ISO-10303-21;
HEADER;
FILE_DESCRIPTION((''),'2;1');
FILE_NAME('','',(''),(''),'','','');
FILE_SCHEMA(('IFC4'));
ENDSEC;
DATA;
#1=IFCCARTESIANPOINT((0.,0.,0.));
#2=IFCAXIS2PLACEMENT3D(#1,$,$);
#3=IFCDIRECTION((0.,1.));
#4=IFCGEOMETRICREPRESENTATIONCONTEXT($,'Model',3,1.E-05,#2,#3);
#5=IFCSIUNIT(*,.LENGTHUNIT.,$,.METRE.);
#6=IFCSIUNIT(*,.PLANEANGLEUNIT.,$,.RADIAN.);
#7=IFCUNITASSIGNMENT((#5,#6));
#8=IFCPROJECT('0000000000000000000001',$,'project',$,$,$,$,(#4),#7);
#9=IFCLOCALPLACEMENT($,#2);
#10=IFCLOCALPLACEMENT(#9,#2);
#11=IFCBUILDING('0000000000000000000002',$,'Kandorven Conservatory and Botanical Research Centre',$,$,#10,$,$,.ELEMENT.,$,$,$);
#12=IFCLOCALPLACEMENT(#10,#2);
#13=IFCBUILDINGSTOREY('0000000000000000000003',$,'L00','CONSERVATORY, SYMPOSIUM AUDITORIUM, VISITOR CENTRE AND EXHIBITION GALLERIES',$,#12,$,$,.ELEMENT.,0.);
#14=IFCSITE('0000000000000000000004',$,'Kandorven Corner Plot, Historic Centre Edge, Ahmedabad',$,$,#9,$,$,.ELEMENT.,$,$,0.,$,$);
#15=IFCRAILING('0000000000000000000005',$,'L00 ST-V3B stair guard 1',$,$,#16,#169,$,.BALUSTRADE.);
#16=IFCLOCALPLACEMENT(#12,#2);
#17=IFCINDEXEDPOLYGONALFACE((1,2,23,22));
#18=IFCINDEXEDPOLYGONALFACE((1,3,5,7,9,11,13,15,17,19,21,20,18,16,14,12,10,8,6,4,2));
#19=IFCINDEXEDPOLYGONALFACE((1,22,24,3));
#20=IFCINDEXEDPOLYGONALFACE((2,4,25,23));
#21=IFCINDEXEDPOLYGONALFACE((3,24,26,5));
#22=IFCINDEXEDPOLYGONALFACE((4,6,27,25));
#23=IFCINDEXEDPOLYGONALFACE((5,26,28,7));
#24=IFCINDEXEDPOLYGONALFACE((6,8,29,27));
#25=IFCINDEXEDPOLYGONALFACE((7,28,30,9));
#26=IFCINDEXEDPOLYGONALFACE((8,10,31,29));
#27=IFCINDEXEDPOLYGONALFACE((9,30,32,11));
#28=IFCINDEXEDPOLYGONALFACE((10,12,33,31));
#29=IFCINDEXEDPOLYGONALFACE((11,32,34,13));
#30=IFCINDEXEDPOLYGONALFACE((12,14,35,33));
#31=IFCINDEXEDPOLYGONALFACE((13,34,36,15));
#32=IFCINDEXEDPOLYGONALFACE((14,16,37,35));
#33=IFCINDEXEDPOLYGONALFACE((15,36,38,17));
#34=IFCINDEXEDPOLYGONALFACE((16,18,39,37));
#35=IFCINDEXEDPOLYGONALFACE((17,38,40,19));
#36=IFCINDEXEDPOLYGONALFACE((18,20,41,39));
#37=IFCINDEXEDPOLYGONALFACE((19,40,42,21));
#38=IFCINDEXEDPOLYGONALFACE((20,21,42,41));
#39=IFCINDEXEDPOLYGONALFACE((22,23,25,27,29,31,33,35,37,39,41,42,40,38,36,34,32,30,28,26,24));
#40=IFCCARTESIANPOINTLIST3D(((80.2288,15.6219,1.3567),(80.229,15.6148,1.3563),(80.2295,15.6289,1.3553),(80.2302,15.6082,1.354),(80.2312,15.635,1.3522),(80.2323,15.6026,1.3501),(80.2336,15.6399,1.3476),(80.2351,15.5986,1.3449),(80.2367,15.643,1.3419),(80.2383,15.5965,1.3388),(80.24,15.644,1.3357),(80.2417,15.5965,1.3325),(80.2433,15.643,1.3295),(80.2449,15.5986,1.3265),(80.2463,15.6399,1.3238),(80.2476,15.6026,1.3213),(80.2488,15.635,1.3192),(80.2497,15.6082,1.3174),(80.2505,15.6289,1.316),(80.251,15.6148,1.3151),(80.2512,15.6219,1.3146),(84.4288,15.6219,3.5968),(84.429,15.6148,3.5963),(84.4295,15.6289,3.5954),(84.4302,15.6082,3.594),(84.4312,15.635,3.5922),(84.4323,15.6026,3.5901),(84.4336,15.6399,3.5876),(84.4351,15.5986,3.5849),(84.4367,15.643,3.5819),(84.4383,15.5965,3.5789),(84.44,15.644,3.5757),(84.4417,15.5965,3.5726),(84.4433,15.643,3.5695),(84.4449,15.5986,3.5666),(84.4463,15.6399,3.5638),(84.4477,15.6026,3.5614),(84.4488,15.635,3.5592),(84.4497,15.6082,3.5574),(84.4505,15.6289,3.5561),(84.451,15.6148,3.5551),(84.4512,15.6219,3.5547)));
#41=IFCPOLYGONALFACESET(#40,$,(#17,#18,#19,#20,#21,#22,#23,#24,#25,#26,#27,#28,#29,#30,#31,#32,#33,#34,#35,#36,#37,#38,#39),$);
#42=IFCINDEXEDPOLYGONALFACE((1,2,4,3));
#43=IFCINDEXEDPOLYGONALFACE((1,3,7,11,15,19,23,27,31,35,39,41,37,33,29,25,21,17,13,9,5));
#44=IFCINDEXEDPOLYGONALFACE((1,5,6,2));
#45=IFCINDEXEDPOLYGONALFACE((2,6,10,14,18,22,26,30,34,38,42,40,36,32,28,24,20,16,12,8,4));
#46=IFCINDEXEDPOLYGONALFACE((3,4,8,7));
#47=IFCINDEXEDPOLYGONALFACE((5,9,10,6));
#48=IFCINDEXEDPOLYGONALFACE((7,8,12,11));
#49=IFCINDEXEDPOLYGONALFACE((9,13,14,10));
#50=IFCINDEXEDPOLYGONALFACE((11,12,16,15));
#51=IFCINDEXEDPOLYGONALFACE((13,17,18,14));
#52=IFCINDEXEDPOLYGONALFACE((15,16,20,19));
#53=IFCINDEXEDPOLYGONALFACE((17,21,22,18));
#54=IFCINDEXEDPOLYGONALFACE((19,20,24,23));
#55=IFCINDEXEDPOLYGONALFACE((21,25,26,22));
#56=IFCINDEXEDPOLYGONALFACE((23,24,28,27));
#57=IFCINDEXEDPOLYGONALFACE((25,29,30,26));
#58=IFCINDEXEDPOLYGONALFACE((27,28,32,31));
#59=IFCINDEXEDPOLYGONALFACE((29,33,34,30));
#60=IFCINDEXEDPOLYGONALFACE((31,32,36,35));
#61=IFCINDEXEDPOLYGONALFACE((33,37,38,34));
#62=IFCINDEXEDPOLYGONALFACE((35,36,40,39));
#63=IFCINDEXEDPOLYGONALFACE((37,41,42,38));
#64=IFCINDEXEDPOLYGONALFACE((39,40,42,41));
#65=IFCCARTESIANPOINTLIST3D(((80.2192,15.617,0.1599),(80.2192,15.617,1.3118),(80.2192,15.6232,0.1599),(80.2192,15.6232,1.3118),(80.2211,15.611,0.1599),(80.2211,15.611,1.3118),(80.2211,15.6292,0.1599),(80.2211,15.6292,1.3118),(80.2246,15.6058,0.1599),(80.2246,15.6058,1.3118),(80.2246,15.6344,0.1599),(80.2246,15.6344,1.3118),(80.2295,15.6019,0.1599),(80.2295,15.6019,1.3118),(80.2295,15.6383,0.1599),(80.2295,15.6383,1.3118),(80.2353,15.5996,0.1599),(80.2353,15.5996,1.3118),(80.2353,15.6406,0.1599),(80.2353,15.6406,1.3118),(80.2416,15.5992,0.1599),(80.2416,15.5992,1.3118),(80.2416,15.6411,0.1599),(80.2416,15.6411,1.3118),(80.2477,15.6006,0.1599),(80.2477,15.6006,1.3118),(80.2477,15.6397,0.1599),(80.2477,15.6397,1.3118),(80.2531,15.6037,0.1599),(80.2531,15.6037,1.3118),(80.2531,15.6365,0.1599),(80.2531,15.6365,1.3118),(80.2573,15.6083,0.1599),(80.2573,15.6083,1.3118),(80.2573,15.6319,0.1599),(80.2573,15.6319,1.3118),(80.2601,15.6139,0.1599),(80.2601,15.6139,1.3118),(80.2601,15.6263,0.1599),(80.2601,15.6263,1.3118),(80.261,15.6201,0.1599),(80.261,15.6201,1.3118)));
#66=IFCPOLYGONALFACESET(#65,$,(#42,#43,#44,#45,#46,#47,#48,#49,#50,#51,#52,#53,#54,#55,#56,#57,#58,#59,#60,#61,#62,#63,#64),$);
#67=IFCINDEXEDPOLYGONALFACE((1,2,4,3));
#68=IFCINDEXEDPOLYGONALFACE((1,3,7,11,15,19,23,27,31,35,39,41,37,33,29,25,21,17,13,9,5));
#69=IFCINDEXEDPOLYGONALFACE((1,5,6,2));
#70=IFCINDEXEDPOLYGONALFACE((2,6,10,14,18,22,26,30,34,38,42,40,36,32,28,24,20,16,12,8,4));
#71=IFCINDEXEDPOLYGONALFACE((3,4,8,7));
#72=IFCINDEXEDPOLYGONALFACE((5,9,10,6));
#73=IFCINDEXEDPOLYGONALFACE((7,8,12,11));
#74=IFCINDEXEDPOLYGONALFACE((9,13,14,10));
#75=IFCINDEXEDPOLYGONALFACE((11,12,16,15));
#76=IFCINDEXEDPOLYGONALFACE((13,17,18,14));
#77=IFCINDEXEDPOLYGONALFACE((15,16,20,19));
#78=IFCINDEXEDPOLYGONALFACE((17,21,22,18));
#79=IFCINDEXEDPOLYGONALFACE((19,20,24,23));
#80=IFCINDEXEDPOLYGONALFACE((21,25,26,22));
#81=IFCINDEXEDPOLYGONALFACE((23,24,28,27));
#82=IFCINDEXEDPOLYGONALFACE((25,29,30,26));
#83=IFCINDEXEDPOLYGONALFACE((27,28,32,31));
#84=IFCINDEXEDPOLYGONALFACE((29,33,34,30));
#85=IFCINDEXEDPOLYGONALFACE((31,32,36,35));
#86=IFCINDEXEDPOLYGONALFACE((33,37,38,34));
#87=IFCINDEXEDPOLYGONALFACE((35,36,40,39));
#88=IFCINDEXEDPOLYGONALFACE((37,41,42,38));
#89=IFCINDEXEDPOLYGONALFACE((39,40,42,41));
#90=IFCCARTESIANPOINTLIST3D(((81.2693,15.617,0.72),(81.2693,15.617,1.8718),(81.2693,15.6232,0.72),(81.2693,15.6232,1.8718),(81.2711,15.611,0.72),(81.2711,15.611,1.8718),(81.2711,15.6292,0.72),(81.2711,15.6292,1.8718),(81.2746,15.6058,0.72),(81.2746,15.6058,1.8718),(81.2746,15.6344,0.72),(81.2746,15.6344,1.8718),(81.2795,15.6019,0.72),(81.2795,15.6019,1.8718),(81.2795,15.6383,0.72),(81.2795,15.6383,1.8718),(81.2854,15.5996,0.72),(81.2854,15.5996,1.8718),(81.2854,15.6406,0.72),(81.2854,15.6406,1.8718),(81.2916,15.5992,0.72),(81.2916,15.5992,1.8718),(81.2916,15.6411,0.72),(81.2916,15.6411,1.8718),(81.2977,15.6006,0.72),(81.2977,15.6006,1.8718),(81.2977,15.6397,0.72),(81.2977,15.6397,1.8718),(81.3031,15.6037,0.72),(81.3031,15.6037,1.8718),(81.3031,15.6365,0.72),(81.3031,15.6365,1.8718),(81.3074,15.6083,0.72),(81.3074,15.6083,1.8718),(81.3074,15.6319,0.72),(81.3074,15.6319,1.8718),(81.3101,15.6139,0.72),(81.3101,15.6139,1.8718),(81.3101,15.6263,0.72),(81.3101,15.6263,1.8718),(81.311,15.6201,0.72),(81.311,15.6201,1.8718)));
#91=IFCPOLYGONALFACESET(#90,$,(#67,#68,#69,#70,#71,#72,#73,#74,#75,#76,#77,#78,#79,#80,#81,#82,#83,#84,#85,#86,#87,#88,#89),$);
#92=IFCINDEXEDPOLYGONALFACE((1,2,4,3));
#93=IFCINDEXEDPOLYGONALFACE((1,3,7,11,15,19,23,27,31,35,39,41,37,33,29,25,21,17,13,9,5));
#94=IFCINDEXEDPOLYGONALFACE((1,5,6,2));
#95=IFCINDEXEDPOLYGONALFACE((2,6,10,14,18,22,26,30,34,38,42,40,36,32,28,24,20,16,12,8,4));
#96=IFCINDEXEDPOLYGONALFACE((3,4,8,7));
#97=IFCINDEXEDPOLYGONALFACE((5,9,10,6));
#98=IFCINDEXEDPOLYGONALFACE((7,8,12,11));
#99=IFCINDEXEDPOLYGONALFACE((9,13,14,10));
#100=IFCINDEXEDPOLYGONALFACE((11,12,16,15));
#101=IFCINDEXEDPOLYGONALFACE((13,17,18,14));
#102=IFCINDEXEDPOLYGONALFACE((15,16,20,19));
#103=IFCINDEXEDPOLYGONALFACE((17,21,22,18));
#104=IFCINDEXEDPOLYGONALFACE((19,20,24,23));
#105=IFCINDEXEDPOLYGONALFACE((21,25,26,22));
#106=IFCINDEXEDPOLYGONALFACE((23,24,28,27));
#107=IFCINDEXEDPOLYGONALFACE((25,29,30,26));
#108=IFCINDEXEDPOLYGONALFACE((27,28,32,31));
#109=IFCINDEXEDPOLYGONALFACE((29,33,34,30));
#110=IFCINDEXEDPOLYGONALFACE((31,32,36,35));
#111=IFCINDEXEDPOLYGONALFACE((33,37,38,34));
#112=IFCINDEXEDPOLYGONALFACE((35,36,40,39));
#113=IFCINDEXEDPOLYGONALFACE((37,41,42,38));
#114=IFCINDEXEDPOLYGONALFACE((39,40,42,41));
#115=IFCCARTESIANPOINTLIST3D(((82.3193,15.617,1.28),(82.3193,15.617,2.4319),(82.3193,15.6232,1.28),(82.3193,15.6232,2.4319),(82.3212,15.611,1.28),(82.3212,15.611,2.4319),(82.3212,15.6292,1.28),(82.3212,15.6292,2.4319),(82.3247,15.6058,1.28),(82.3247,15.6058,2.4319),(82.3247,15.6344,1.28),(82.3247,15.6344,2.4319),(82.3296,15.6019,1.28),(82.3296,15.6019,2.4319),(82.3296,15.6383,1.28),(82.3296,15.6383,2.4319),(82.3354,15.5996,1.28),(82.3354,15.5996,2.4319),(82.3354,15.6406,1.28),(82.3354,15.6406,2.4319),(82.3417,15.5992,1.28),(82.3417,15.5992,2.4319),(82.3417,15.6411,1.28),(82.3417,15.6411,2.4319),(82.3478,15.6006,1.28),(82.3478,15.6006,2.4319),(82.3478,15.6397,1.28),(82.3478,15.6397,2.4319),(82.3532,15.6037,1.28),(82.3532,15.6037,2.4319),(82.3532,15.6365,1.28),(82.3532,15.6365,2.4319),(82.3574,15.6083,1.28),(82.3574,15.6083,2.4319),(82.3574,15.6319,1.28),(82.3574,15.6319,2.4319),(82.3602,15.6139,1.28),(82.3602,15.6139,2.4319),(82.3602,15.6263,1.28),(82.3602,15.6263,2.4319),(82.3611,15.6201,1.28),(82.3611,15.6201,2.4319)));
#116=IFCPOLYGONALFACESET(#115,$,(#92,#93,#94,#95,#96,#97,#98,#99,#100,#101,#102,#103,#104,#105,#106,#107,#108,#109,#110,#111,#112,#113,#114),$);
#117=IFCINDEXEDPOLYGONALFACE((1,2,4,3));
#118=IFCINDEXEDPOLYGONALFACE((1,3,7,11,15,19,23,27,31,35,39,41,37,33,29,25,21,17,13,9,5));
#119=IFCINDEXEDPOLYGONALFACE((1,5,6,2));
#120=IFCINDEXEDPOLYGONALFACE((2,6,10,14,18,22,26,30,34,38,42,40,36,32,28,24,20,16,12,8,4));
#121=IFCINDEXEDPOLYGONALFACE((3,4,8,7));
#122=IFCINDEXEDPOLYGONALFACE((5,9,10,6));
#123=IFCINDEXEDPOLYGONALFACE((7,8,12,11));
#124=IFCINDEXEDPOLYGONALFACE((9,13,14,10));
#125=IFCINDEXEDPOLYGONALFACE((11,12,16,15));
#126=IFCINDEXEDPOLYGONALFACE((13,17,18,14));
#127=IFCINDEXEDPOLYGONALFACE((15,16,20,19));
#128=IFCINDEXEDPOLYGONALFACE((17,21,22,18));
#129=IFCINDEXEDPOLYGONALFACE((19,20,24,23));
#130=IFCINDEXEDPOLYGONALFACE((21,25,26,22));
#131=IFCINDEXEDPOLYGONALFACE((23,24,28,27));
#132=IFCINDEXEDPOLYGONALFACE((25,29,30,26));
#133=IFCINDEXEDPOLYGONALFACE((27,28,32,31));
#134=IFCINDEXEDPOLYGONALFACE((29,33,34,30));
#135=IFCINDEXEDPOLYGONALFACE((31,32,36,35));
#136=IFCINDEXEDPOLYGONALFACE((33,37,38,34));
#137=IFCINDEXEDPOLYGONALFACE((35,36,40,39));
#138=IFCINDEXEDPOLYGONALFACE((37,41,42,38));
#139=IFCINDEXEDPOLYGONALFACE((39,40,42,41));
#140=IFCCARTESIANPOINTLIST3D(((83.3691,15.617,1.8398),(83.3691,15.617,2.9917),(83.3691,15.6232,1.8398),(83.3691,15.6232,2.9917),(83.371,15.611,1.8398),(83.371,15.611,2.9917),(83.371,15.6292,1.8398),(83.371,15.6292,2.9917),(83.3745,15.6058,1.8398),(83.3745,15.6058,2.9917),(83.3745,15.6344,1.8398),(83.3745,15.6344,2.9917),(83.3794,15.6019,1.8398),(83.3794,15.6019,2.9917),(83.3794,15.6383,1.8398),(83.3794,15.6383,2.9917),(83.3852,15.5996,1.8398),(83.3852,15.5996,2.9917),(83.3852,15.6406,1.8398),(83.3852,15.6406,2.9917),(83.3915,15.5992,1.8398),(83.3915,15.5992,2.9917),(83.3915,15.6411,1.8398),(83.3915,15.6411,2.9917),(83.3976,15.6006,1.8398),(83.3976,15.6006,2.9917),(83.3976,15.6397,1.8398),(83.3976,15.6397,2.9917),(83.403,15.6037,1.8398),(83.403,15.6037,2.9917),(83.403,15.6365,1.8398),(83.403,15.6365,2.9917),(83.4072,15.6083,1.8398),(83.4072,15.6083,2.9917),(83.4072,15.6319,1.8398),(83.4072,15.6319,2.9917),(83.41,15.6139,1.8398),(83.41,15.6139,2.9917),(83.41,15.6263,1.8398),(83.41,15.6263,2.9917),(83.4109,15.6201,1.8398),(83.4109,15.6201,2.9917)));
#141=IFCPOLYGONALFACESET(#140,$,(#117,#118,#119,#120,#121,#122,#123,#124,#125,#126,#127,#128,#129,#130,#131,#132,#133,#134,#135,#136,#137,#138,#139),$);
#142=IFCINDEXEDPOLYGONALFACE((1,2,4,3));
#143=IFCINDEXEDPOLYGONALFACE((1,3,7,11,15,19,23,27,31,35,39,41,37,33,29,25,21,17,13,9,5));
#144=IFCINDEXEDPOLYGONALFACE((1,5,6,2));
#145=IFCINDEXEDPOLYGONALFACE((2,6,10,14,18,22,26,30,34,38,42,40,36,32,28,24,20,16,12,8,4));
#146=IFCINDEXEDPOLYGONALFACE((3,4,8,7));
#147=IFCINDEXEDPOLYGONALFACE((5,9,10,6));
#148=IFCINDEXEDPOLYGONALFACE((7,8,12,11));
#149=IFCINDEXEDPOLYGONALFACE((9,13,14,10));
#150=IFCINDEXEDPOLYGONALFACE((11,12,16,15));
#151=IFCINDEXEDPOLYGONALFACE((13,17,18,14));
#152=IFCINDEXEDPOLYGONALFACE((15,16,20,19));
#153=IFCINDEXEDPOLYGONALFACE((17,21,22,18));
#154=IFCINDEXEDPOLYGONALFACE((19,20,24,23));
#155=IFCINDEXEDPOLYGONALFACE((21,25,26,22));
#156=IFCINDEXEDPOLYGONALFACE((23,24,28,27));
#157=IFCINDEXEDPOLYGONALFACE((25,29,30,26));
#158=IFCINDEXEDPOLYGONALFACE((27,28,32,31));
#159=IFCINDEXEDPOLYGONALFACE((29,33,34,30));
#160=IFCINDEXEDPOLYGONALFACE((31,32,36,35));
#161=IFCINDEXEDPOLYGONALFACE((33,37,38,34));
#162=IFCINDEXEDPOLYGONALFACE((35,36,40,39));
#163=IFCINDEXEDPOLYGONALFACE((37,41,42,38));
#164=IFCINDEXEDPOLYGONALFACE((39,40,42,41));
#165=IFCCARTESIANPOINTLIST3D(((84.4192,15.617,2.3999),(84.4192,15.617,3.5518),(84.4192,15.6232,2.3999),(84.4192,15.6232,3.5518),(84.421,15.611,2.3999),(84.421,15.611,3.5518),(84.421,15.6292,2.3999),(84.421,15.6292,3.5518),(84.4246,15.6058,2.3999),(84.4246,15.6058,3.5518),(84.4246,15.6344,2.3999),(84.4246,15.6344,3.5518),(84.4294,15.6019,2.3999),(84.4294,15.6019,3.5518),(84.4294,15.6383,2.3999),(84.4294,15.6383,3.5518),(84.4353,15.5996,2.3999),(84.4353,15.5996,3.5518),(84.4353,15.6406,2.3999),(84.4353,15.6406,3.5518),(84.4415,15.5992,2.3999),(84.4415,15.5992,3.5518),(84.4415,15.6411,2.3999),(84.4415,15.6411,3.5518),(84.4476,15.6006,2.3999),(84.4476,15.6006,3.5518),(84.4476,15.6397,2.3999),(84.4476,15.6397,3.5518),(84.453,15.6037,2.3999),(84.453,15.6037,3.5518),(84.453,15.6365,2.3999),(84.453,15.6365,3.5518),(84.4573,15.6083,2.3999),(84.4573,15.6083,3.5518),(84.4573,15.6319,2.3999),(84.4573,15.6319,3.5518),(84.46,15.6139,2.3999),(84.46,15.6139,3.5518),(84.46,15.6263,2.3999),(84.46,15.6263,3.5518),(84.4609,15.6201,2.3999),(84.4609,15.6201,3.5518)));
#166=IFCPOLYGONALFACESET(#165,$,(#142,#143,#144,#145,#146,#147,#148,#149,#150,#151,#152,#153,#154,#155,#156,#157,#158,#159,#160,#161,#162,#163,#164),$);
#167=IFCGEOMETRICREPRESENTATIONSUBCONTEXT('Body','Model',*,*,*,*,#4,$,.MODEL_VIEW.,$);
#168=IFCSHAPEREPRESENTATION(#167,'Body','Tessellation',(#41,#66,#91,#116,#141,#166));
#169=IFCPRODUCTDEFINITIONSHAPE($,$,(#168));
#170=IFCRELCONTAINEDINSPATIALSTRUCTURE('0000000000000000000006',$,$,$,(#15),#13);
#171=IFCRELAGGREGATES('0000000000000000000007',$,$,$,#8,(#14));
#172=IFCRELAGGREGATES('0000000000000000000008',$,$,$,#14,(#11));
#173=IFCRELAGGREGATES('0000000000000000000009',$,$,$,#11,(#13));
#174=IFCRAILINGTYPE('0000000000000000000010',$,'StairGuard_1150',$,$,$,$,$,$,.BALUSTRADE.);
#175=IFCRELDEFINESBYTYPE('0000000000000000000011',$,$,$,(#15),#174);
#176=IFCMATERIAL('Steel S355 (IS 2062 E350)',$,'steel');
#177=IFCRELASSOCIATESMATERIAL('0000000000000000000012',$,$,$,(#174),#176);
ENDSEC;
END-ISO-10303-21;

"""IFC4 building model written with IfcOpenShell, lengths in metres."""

from ifc_helpers import new_model, si_unit, direction, frame, origin, origin_2d, place, context, subcontext, project, spatial, circle, extrude, material, type_object, element, save


model = new_model("IFC4")

# Units and contexts
model_context = context("Model", 3, precision=1e-05, world=origin(), true_north=direction((0.0, 1.0)))
body_context = subcontext(model_context, "Body", "Model", "MODEL_VIEW")
ifc_project = project(units=[si_unit("LENGTHUNIT", "METRE"), si_unit("PLANEANGLEUNIT", "RADIAN")], contexts=[model_context])

# Site, building, storey
site_placement = place(None, origin())
site = spatial("IfcSite", under=ifc_project, at=site_placement, Name="Kandorven Corner Plot, Historic Centre Edge, Ahmedabad", CompositionType="ELEMENT", RefElevation=0.0)
building_placement = place(site_placement, origin())
building = spatial("IfcBuilding", under=site, at=building_placement, Name="Kandorven Conservatory and Botanical Research Centre", CompositionType="ELEMENT")
storey_placement = place(building_placement, origin())
storey = spatial("IfcBuildingStorey", under=building, at=storey_placement, Name="L00", Description="CONSERVATORY, SYMPOSIUM AUDITORIUM, VISITOR CENTRE AND EXHIBITION GALLERIES", CompositionType="ELEMENT", Elevation=0.0)

# Railing
ifc_material_1 = material(Name="Steel S355 (IS 2062 E350)", Category="steel")
railing_type_1 = type_object("IfcRailingType", Name="StairGuard_1150", PredefinedType="BALUSTRADE", material=ifc_material_1)
railing_1_placement = place(storey_placement, frame((80.24, 15.6201, 0.1599)))
element("IfcRailing", 1, at=railing_1_placement, inside=storey, type_object=railing_type_1, Name="L00 ST-V3B stair guard 1", PredefinedType="BALUSTRADE", context=body_context, shape_type="SweptSolid", body=[
    extrude(circle(Radius=0.0239, at=origin_2d()), frame((0.0, 0.0, 1.1758), z_axis=(0.882352, 0.0, 0.470591), x_axis=(0.0, 1.0, 0.0)), (0.0, 0.0, 1.0), 4.76),
    extrude(circle(Radius=0.021, at=origin_2d()), origin(), (0.0, 0.0, 1.0), 1.1519),
    extrude(circle(Radius=0.021, at=origin_2d()), frame((1.05, 0.0, 0.5601)), (0.0, 0.0, 1.0), 1.1519),
    extrude(circle(Radius=0.021, at=origin_2d()), frame((2.1001, 0.0, 1.1201)), (0.0, 0.0, 1.0), 1.1519),
    extrude(circle(Radius=0.021, at=origin_2d()), frame((3.1499, 0.0, 1.6799)), (0.0, 0.0, 1.0), 1.1519),
    extrude(circle(Radius=0.021, at=origin_2d()), frame((4.2, 0.0, 2.24)), (0.0, 0.0, 1.0), 1.1519),
])

save(model, "model.ifc")
